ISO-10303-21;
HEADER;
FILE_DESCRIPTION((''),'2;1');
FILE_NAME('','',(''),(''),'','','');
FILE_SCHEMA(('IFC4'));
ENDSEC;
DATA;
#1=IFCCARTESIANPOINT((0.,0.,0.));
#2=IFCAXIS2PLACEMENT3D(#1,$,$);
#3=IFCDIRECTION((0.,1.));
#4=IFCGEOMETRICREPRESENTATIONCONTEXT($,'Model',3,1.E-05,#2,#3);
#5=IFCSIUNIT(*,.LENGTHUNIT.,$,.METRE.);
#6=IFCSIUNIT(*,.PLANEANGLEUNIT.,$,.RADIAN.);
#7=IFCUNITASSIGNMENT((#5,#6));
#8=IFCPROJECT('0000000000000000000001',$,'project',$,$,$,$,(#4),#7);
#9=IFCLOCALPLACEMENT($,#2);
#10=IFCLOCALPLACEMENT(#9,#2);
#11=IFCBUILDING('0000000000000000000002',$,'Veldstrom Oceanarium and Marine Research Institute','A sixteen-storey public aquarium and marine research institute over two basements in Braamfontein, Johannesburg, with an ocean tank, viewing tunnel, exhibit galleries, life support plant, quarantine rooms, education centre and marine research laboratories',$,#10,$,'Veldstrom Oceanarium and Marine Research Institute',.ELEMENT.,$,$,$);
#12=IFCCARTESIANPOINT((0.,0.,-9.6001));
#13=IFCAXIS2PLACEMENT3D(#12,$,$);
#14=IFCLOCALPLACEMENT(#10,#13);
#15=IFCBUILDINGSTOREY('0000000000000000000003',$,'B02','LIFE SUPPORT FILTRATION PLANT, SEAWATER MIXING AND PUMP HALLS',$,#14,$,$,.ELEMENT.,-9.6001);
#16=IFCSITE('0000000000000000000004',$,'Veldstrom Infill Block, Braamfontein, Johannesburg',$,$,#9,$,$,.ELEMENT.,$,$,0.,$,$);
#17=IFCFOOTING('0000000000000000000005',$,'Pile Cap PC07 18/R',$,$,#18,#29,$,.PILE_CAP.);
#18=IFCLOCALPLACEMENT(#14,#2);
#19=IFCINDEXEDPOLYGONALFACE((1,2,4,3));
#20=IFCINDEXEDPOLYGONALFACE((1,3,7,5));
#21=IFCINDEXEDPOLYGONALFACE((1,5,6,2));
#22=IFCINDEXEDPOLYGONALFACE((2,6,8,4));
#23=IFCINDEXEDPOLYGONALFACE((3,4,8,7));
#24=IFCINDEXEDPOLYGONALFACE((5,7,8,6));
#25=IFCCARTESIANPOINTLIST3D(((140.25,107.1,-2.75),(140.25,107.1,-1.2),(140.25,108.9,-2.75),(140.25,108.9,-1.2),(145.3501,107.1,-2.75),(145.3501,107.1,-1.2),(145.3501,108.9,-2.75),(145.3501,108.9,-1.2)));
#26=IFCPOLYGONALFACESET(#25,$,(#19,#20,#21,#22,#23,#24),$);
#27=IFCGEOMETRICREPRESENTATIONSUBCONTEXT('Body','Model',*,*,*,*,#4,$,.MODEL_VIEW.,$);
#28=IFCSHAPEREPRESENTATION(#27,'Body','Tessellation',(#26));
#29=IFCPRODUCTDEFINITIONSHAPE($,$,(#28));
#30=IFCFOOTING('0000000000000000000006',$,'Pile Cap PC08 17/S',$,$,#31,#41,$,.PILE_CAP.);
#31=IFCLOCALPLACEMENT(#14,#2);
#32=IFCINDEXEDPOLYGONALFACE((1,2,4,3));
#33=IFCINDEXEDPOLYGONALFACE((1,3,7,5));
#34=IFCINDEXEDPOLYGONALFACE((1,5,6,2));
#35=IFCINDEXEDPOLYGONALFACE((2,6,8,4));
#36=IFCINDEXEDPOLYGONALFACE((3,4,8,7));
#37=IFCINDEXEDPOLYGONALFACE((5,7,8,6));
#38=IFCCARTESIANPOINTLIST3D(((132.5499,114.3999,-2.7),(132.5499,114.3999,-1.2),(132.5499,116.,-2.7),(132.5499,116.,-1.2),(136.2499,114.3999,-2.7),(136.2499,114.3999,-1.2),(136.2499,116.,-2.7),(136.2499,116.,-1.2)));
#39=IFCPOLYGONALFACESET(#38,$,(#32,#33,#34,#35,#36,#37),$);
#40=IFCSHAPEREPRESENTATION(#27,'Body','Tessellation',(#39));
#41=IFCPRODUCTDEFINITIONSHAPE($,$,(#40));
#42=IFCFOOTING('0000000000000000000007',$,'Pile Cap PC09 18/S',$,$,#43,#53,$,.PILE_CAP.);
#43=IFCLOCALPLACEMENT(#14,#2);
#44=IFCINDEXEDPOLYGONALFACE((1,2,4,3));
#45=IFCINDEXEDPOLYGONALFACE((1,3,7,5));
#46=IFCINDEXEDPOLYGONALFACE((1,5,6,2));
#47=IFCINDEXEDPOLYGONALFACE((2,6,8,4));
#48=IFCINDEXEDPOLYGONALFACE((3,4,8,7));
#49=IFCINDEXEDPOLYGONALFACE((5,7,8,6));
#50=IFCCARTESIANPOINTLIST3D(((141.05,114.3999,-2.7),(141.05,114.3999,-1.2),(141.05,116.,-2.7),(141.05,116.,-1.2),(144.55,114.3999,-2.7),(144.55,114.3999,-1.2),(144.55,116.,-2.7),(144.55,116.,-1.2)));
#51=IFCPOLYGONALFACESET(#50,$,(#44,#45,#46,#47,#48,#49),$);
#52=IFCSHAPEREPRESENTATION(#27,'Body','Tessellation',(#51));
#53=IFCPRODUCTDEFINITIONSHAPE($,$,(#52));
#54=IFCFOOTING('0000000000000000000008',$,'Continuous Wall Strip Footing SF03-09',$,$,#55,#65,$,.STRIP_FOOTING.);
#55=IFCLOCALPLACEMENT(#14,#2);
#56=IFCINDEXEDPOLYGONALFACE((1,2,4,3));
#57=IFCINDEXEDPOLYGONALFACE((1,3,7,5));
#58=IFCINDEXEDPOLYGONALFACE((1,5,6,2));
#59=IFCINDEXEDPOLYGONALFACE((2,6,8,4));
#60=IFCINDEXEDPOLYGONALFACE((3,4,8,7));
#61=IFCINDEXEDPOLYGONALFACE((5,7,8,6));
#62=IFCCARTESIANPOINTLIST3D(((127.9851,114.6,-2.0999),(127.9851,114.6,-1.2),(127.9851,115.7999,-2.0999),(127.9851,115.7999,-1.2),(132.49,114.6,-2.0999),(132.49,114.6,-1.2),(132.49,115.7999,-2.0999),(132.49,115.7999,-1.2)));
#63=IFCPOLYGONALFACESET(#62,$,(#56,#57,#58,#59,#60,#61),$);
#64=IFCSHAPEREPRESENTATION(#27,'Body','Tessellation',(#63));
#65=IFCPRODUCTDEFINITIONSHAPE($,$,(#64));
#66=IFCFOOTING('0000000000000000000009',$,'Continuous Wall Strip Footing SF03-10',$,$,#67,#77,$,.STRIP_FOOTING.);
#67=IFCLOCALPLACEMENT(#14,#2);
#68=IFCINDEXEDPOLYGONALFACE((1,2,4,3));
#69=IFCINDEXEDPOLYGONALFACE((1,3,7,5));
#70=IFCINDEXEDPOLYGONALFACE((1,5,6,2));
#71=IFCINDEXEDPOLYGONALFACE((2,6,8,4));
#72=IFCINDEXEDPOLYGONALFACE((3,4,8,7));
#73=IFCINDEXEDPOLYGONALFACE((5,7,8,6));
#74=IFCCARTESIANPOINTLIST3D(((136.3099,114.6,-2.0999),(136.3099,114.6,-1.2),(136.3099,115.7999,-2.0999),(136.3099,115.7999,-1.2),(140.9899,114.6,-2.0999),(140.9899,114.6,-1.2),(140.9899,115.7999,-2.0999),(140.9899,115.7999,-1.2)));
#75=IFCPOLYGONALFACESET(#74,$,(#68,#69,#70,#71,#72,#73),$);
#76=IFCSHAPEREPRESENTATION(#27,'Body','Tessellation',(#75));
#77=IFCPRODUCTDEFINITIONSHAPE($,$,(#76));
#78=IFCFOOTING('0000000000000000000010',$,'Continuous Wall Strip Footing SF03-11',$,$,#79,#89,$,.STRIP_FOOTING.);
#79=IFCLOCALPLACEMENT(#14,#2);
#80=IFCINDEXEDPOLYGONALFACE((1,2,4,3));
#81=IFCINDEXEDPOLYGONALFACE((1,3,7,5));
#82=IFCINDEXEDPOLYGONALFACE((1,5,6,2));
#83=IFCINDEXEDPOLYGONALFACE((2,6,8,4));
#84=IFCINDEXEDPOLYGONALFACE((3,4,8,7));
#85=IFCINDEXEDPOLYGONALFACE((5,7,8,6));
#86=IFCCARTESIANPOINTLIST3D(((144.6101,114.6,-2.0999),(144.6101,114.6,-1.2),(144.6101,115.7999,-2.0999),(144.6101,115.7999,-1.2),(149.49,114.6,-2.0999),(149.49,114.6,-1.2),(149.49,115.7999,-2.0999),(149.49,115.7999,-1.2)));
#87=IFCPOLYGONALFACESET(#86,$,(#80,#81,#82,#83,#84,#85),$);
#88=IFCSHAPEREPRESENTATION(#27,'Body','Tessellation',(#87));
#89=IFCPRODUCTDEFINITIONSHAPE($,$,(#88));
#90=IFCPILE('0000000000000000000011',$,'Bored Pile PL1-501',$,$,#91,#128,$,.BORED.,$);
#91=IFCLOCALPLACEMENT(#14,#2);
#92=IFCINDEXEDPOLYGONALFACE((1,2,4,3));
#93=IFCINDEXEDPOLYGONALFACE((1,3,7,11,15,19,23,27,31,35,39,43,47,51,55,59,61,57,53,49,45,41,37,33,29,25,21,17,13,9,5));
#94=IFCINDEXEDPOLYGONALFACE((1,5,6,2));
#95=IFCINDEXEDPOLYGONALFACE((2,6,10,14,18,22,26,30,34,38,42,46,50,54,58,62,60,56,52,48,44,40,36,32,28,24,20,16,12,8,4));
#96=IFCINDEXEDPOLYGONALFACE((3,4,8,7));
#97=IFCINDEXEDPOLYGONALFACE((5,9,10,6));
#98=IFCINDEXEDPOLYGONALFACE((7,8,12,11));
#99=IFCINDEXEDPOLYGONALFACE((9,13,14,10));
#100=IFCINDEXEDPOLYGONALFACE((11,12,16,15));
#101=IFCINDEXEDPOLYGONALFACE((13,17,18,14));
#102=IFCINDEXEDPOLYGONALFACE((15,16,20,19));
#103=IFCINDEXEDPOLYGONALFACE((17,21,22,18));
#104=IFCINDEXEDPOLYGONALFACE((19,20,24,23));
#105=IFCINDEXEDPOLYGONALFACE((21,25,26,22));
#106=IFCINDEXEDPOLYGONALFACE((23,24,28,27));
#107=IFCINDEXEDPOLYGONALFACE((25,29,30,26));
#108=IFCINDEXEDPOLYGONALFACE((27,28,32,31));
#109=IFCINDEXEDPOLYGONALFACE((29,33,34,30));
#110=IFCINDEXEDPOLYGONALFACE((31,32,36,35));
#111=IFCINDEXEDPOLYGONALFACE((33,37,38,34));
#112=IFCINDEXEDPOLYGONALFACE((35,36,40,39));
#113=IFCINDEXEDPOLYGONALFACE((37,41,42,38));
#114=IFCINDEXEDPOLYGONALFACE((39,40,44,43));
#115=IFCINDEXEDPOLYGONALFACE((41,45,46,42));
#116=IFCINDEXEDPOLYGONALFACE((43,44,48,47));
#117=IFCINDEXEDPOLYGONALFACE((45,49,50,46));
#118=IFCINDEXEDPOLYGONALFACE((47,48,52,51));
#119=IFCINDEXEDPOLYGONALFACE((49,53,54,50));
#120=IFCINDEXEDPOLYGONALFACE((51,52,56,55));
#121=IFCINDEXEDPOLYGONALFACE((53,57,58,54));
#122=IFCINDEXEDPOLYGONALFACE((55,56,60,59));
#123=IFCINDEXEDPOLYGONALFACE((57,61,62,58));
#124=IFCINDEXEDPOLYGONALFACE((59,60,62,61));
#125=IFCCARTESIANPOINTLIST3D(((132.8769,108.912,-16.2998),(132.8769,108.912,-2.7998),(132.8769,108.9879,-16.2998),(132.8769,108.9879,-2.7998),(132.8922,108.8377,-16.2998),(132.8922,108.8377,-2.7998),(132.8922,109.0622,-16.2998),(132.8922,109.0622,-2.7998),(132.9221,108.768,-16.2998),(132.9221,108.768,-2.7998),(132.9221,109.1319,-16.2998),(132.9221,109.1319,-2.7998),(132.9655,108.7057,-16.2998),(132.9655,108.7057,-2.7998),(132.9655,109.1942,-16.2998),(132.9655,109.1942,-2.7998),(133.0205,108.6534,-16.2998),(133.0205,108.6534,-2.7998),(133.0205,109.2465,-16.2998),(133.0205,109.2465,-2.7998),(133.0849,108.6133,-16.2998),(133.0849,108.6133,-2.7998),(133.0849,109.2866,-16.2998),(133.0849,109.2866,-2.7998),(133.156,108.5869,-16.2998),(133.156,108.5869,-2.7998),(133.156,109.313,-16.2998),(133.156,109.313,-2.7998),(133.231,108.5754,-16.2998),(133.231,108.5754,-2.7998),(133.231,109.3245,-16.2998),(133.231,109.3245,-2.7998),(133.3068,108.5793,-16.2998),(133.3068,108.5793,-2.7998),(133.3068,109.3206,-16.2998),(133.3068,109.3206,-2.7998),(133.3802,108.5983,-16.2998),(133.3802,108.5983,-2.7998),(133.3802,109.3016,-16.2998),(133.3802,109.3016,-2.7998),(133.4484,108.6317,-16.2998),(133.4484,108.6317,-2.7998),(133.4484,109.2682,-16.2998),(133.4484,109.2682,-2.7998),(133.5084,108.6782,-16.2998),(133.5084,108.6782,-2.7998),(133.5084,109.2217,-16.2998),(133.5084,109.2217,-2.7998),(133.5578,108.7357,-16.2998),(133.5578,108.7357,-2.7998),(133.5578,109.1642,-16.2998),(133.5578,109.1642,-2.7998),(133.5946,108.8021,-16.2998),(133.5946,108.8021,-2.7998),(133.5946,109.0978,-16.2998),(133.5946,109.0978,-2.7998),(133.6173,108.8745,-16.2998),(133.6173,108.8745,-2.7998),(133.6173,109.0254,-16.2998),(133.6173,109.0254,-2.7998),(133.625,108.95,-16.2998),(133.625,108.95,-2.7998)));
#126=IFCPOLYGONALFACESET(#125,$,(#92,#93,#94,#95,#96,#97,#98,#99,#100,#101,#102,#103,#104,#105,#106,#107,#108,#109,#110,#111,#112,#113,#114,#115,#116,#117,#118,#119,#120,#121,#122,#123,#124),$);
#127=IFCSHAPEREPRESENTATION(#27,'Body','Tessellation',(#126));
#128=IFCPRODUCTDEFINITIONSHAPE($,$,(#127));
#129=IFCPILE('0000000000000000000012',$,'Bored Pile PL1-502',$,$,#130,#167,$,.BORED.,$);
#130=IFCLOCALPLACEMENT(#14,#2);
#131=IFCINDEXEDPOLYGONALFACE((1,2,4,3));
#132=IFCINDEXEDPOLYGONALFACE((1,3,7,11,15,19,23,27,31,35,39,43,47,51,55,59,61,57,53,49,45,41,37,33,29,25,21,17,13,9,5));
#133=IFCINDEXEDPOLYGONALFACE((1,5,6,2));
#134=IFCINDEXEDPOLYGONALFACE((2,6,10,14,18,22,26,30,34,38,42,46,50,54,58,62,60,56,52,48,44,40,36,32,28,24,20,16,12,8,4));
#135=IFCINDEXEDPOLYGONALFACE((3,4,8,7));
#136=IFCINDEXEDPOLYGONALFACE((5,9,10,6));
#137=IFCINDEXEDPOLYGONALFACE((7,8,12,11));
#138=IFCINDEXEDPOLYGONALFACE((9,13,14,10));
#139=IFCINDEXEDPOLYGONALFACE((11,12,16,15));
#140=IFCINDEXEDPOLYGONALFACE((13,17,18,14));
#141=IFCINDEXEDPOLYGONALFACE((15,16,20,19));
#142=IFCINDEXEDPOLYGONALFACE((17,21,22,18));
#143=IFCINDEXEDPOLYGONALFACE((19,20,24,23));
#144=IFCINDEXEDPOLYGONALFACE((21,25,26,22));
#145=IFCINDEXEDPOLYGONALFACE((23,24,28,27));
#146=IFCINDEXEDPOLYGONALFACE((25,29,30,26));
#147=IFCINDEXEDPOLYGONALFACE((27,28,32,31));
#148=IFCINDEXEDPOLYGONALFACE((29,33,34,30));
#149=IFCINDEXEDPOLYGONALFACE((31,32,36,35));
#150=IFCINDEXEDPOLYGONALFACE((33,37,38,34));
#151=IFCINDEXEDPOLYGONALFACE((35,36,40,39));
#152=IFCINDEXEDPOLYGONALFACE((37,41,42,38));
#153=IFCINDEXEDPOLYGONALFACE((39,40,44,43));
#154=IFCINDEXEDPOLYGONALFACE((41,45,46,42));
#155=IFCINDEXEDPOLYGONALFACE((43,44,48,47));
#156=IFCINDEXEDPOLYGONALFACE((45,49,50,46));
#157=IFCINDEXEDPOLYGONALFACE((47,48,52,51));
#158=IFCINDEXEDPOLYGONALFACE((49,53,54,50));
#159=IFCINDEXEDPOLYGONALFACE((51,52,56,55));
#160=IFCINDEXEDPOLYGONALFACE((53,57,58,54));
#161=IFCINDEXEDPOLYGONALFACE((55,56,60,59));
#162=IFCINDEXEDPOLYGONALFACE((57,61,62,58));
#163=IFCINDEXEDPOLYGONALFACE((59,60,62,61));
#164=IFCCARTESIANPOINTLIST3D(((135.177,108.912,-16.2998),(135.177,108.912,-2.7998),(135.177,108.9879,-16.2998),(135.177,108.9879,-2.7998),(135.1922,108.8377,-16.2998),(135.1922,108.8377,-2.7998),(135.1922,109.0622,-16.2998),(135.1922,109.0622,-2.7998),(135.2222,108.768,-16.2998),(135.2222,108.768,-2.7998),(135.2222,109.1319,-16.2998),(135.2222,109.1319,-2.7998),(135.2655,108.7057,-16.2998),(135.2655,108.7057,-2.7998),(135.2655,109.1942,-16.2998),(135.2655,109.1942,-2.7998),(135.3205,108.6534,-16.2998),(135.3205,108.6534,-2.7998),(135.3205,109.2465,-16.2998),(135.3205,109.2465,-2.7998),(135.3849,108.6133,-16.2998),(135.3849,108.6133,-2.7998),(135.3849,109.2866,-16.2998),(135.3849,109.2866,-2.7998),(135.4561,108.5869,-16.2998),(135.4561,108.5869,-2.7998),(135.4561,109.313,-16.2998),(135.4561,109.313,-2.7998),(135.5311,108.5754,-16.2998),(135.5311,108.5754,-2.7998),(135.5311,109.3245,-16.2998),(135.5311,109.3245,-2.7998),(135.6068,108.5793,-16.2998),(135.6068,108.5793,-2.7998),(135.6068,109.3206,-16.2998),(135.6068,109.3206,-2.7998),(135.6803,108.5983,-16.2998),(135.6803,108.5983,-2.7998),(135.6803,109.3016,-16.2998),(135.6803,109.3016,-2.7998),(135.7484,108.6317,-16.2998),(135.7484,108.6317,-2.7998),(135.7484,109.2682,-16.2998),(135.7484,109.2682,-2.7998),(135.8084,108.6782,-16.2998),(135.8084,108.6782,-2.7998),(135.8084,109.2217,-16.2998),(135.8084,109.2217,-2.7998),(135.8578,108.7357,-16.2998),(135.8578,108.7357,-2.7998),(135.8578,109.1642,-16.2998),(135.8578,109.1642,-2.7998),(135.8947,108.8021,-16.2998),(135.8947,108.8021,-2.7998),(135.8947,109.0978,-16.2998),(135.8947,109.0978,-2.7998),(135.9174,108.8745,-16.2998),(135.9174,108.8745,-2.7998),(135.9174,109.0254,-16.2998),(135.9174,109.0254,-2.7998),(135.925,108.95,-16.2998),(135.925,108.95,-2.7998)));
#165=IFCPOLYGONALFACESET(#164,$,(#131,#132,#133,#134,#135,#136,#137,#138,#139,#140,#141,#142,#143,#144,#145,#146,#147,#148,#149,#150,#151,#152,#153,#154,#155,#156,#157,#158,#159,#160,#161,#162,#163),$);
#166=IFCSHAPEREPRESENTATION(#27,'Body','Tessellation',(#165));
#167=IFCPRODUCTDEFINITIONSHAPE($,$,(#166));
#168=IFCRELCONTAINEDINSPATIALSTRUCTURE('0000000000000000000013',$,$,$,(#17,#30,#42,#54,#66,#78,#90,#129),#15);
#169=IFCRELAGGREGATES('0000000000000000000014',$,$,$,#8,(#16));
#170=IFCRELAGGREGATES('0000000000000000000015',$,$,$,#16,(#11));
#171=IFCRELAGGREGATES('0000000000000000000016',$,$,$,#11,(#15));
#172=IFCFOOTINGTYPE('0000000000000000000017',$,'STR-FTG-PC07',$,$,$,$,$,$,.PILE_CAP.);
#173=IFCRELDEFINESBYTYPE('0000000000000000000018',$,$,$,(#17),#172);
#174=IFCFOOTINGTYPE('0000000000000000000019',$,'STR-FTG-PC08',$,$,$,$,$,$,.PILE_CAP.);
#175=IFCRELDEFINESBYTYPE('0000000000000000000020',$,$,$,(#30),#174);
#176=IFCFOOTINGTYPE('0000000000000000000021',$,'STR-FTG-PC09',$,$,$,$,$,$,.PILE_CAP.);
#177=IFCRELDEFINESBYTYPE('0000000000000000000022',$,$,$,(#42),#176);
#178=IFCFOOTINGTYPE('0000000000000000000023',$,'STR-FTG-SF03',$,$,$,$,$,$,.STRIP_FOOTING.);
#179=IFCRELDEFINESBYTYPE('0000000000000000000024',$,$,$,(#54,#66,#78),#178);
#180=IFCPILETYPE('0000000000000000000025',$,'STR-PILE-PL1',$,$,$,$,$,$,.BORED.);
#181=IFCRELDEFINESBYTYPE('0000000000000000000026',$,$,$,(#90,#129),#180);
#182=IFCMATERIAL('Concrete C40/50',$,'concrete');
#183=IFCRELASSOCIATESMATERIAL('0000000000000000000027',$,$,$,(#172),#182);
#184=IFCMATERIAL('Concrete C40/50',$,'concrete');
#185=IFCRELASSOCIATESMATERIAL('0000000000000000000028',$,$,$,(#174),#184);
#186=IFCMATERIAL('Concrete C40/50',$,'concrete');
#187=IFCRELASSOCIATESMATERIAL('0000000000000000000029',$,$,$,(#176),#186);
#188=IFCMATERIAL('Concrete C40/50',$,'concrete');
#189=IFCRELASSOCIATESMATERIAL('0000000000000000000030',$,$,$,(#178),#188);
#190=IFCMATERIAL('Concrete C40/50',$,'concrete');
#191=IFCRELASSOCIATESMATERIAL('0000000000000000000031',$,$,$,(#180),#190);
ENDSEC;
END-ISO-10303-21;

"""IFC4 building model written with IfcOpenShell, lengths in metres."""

from ifc_helpers import new_model, si_unit, direction, frame, origin, origin_2d, place, context, subcontext, project, spatial, rectangle, circle, extrude, material, material_profile, profile_set, type_object, element, save


model = new_model("IFC4")

# Units and contexts
model_context = context("Model", 3, precision=1e-05, world=origin(), true_north=direction((0.0, 1.0)))
body_context = subcontext(model_context, "Body", "Model", "MODEL_VIEW")
ifc_project = project(units=[si_unit("LENGTHUNIT", "METRE"), si_unit("PLANEANGLEUNIT", "RADIAN")], contexts=[model_context])

# Site, building, storey
site_placement = place(None, origin())
site = spatial("IfcSite", under=ifc_project, at=site_placement, Name="Veldstrom Infill Block, Braamfontein, Johannesburg", CompositionType="ELEMENT", RefElevation=0.0)
building_placement = place(site_placement, origin())
building = spatial("IfcBuilding", under=site, at=building_placement, Name="Veldstrom Oceanarium and Marine Research Institute", Description="A sixteen-storey public aquarium and marine research institute over two basements in Braamfontein, Johannesburg, with an ocean tank, viewing tunnel, exhibit galleries, life support plant, quarantine rooms, education centre and marine research laboratories", LongName="Veldstrom Oceanarium and Marine Research Institute", CompositionType="ELEMENT")
storey_placement = place(building_placement, frame((0.0, 0.0, -9.6001)))
storey = spatial("IfcBuildingStorey", under=building, at=storey_placement, Name="B02", Description="LIFE SUPPORT FILTRATION PLANT, SEAWATER MIXING AND PUMP HALLS", CompositionType="ELEMENT", Elevation=-9.6001)

# Footings
ifc_material_1 = material(Name="Concrete C40/50", Category="concrete")
footing_type_1 = type_object("IfcFootingType", Name="STR-FTG-PC07", PredefinedType="PILE_CAP", material=ifc_material_1)
footing_1_placement = place(storey_placement, frame((142.8, 108.0, -2.75), z_axis=(0.0, 0.0, 1.0), x_axis=(1.0, 0.0, 0.0)))
element("IfcFooting", 1, at=footing_1_placement, inside=storey, type_object=footing_type_1, Name="Pile Cap PC07 18/R", PredefinedType="PILE_CAP", context=body_context, shape_type="SweptSolid", body=[
    extrude(rectangle(XDim=5.1001, YDim=1.8, at=origin_2d()), origin(), (0.0, 0.0, 1.0), 1.55),
])
ifc_material_2 = material(Name="Concrete C40/50", Category="concrete")
footing_type_2 = type_object("IfcFootingType", Name="STR-FTG-PC08", PredefinedType="PILE_CAP", material=ifc_material_2)
footing_2_placement = place(storey_placement, frame((134.3999, 115.2, -2.7), z_axis=(0.0, 0.0, 1.0), x_axis=(1.0, 0.0, 0.0)))
element("IfcFooting", 2, at=footing_2_placement, inside=storey, type_object=footing_type_2, Name="Pile Cap PC08 17/S", PredefinedType="PILE_CAP", context=body_context, shape_type="SweptSolid", body=[
    extrude(rectangle(XDim=3.7, YDim=1.6001, at=origin_2d()), origin(), (0.0, 0.0, 1.0), 1.5),
])
ifc_material_3 = material(Name="Concrete C40/50", Category="concrete")
footing_type_3 = type_object("IfcFootingType", Name="STR-FTG-PC09", PredefinedType="PILE_CAP", material=ifc_material_3)
footing_3_placement = place(storey_placement, frame((142.8, 115.2, -2.7), z_axis=(0.0, 0.0, 1.0), x_axis=(1.0, 0.0, 0.0)))
element("IfcFooting", 3, at=footing_3_placement, inside=storey, type_object=footing_type_3, Name="Pile Cap PC09 18/S", PredefinedType="PILE_CAP", context=body_context, shape_type="SweptSolid", body=[
    extrude(rectangle(XDim=3.5, YDim=1.6001, at=origin_2d()), origin(), (0.0, 0.0, 1.0), 1.5),
])
ifc_material_4 = material(Name="Concrete C40/50", Category="concrete")
footing_type_4 = type_object("IfcFootingType", Name="STR-FTG-SF03", PredefinedType="STRIP_FOOTING", material=ifc_material_4)
footing_4_placement = place(storey_placement, frame((130.2375, 115.2, -2.0999), z_axis=(0.0, 0.0, 1.0), x_axis=(1.0, 0.0, 0.0)))
element("IfcFooting", 4, at=footing_4_placement, inside=storey, type_object=footing_type_4, Name="Continuous Wall Strip Footing SF03-09", PredefinedType="STRIP_FOOTING", context=body_context, shape_type="SweptSolid", body=[
    extrude(rectangle(XDim=4.5049, YDim=1.2, at=origin_2d()), origin(), (0.0, 0.0, 1.0), 0.8999),
])
footing_5_placement = place(storey_placement, frame((138.6499, 115.2, -2.0999), z_axis=(0.0, 0.0, 1.0), x_axis=(1.0, 0.0, 0.0)))
element("IfcFooting", 5, at=footing_5_placement, inside=storey, type_object=footing_type_4, Name="Continuous Wall Strip Footing SF03-10", PredefinedType="STRIP_FOOTING", context=body_context, shape_type="SweptSolid", body=[
    extrude(rectangle(XDim=4.6799, YDim=1.2, at=origin_2d()), origin(), (0.0, 0.0, 1.0), 0.8999),
])
footing_6_placement = place(storey_placement, frame((147.05, 115.2, -2.0999), z_axis=(0.0, 0.0, 1.0), x_axis=(1.0, 0.0, 0.0)))
element("IfcFooting", 6, at=footing_6_placement, inside=storey, type_object=footing_type_4, Name="Continuous Wall Strip Footing SF03-11", PredefinedType="STRIP_FOOTING", context=body_context, shape_type="SweptSolid", body=[
    extrude(rectangle(XDim=4.8799, YDim=1.2, at=origin_2d()), origin(), (0.0, 0.0, 1.0), 0.8999),
])

# Piles
ifc_material_5 = material(Name="Concrete C40/50", Category="concrete")
ifc_material_profile_1 = material_profile(ifc_material_5, circle(Radius=0.375, at=origin_2d()), Name="PILE-D750")
ifc_profile_set_1 = profile_set([ifc_material_profile_1], Name="Concrete C40/50")
pile_type = type_object("IfcPileType", Name="STR-PILE-PL1", PredefinedType="BORED", material=ifc_profile_set_1)
for number, where, z_axis, x_axis, name in (
    (7, (133.25, 108.95, -2.7998), (0.0, 0.0, -1.0), (1.0, 0.0, 0.0), "Bored Pile PL1-501"),
    (8, (135.55, 108.95, -2.7998), (0.0, 0.0, -1.0), (1.0, 0.0, 0.0), "Bored Pile PL1-502"),
):
    element("IfcPile", number, at=place(storey_placement, frame(where, z_axis=z_axis, x_axis=x_axis)), inside=storey, type_object=pile_type, Name=name, PredefinedType="BORED", context=body_context, shape_type="SweptSolid", body=[
        extrude(circle(Radius=0.375, at=origin_2d()), origin(), (0.0, 0.0, 1.0), 13.5),
    ])

save(model, "model.ifc")
